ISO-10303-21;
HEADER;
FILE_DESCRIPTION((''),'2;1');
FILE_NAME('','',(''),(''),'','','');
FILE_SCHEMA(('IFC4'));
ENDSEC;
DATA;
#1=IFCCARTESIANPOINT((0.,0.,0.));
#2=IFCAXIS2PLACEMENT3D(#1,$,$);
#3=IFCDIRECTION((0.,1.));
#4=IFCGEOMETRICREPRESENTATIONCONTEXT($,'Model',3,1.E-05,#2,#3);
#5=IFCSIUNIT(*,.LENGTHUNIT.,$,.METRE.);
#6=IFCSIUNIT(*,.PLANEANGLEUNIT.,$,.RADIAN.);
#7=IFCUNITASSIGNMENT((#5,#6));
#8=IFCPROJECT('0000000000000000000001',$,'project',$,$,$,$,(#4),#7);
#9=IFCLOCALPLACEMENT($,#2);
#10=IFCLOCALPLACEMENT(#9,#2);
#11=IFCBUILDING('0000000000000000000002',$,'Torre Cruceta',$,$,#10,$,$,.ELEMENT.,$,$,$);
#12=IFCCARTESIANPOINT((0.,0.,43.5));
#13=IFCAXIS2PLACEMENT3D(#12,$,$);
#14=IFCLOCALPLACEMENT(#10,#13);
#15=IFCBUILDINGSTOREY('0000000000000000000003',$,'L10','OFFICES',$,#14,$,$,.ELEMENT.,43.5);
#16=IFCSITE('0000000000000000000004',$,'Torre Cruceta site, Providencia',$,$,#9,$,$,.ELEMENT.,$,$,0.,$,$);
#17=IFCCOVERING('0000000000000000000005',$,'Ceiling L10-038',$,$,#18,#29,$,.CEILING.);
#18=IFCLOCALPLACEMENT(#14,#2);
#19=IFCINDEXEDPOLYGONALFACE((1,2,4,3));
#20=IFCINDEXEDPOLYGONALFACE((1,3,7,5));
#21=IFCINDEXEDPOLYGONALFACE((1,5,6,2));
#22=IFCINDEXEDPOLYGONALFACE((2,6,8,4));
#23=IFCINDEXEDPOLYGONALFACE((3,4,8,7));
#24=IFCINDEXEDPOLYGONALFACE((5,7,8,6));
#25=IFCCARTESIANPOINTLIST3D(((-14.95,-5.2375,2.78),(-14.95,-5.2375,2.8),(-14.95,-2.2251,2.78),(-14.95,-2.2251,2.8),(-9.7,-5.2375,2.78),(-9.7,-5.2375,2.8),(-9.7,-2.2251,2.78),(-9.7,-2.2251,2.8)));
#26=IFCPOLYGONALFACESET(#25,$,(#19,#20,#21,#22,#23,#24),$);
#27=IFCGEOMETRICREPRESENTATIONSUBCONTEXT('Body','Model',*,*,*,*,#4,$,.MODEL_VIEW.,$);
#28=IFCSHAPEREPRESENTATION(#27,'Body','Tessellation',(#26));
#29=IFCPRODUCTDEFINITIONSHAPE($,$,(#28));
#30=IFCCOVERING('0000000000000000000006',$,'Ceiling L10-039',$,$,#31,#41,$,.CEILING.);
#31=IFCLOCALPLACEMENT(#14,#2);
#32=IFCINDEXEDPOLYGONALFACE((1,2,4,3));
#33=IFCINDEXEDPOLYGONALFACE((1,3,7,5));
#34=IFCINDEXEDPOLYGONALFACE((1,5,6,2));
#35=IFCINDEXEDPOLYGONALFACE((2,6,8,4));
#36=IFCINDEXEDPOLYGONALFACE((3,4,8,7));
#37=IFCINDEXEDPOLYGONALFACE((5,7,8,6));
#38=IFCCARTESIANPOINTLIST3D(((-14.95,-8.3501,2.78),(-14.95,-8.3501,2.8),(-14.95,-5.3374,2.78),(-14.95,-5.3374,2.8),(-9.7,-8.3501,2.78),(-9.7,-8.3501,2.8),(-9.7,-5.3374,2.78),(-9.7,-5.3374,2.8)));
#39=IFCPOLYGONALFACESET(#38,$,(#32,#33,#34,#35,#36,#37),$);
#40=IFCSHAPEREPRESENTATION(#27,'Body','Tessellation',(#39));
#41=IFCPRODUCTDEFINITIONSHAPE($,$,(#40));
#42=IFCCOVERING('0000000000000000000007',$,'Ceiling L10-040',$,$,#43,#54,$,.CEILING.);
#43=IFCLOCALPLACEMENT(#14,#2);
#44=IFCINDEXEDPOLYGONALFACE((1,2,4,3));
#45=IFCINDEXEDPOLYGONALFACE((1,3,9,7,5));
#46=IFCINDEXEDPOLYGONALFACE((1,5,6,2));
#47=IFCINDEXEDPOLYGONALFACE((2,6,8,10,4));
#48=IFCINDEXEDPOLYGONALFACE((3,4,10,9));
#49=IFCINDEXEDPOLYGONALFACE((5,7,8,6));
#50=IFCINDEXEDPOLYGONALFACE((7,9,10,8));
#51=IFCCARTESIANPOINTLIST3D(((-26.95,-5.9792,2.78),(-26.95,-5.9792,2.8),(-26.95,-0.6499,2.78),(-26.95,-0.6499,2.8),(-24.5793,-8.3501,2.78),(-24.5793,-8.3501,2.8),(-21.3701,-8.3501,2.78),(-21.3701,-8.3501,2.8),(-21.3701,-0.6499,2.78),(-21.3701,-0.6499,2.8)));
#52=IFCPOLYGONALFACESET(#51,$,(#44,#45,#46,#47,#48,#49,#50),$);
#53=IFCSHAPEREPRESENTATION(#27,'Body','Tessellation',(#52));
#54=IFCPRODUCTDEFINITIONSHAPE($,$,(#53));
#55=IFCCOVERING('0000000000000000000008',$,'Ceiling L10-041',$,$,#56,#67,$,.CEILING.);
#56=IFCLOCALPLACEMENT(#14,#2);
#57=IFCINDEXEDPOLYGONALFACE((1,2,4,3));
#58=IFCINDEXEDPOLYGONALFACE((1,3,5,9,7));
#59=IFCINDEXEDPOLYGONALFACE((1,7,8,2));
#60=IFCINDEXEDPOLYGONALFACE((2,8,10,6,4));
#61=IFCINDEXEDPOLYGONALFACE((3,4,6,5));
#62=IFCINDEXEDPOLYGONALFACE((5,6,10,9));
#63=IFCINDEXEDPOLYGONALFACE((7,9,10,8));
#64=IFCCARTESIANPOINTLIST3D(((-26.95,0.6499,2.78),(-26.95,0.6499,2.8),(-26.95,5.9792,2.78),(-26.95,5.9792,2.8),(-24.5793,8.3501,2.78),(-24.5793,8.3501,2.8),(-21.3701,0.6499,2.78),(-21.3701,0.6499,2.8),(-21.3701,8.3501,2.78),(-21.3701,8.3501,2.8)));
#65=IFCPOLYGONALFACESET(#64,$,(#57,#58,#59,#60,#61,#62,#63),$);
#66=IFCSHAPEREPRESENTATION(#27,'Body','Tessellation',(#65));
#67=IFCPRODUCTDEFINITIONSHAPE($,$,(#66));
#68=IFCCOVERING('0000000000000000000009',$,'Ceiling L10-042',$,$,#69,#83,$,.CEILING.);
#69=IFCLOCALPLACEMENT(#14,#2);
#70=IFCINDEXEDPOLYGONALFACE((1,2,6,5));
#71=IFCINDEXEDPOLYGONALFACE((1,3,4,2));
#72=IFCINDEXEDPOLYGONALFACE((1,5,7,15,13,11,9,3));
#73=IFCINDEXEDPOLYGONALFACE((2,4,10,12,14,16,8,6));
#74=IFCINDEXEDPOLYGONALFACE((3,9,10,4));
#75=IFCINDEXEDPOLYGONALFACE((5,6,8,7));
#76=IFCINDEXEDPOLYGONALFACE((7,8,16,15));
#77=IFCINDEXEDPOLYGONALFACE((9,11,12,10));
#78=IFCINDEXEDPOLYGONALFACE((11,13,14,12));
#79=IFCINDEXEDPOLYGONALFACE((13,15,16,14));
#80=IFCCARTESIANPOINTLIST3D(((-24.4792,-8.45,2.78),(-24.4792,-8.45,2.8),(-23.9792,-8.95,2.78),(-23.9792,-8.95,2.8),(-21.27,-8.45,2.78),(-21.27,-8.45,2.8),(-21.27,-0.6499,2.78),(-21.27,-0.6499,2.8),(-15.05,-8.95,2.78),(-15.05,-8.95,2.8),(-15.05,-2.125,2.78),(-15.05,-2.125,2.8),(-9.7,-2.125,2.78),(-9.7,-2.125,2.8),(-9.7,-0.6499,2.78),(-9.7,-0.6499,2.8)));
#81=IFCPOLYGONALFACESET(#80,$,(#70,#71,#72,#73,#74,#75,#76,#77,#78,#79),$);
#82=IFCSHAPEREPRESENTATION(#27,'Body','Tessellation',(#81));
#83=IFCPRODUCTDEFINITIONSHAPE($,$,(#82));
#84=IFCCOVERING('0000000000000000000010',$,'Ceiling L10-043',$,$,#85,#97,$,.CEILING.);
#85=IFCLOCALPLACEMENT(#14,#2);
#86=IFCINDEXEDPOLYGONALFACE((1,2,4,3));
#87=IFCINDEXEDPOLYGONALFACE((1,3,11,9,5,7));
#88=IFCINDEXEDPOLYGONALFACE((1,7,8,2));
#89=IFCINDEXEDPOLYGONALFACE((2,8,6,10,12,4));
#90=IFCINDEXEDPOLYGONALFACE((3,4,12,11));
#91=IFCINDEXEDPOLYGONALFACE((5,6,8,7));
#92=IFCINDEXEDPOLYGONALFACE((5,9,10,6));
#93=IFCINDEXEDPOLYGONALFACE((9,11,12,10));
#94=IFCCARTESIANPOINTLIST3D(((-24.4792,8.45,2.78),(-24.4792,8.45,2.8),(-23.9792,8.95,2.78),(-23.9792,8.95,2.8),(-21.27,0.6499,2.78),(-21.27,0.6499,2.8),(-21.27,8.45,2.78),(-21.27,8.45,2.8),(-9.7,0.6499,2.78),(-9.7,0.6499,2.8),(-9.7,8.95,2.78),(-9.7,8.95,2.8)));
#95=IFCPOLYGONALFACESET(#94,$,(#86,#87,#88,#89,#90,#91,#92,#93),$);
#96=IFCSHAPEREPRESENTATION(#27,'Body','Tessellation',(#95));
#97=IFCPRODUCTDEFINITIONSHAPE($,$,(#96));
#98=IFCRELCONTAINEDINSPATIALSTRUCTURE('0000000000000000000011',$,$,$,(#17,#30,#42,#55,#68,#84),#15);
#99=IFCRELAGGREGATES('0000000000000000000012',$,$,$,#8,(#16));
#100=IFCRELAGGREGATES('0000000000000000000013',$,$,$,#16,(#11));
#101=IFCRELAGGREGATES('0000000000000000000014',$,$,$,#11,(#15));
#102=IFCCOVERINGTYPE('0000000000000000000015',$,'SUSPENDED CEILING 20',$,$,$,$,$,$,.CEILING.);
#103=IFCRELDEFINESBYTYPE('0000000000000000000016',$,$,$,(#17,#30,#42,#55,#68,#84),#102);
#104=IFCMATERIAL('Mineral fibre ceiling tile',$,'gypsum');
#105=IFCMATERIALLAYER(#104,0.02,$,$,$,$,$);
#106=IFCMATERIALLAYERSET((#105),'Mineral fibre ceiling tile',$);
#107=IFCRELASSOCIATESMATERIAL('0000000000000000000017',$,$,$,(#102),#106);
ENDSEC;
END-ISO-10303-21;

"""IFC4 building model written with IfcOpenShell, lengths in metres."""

from ifc_helpers import new_model, si_unit, direction, frame, origin, place, context, subcontext, project, spatial, polyline, outline, extrude, material, layer, layer_set, type_object, element, save


model = new_model("IFC4")

# Units and contexts
model_context = context("Model", 3, precision=1e-05, world=origin(), true_north=direction((0.0, 1.0)))
body_context = subcontext(model_context, "Body", "Model", "MODEL_VIEW")
ifc_project = project(units=[si_unit("LENGTHUNIT", "METRE"), si_unit("PLANEANGLEUNIT", "RADIAN")], contexts=[model_context])

# Site, building, storey
site_placement = place(None, origin())
site = spatial("IfcSite", under=ifc_project, at=site_placement, Name="Torre Cruceta site, Providencia", CompositionType="ELEMENT", RefElevation=0.0)
building_placement = place(site_placement, origin())
building = spatial("IfcBuilding", under=site, at=building_placement, Name="Torre Cruceta", CompositionType="ELEMENT")
storey_placement = place(building_placement, frame((0.0, 0.0, 43.5)))
storey = spatial("IfcBuildingStorey", under=building, at=storey_placement, Name="L10", Description="OFFICES", CompositionType="ELEMENT", Elevation=43.5)

# Coverings
ifc_material_1 = material(Name="Mineral fibre ceiling tile", Category="gypsum")
ifc_layer_1 = layer(ifc_material_1, 0.02)
ifc_layer_set_1 = layer_set([ifc_layer_1], Name="Mineral fibre ceiling tile")
covering_type_1 = type_object("IfcCoveringType", Name="SUSPENDED CEILING 20", PredefinedType="CEILING", material=ifc_layer_set_1)
covering_1_placement = place(storey_placement, frame((0.0, 0.0, 2.78)))
element("IfcCovering", 1, at=covering_1_placement, inside=storey, type_object=covering_type_1, Name="Ceiling L10-038", PredefinedType="CEILING", context=body_context, shape_type="SweptSolid", body=[
    extrude(outline(polyline([(-9.7, -2.2251), (-9.7, -5.2375), (-14.95, -5.2375), (-14.95, -2.2251), (-9.7, -2.2251)])), origin(), (0.0, 0.0, 1.0), 0.02),
])
covering_2_placement = place(storey_placement, frame((0.0, 0.0, 2.78)))
element("IfcCovering", 2, at=covering_2_placement, inside=storey, type_object=covering_type_1, Name="Ceiling L10-039", PredefinedType="CEILING", context=body_context, shape_type="SweptSolid", body=[
    extrude(outline(polyline([(-9.7, -5.3374), (-9.7, -8.3501), (-14.95, -8.3501), (-14.95, -5.3374), (-9.7, -5.3374)])), origin(), (0.0, 0.0, 1.0), 0.02),
])
covering_3_placement = place(storey_placement, frame((0.0, 0.0, 2.78)))
element("IfcCovering", 3, at=covering_3_placement, inside=storey, type_object=covering_type_1, Name="Ceiling L10-040", PredefinedType="CEILING", context=body_context, shape_type="SweptSolid", body=[
    extrude(outline(polyline([(-26.95, -0.6499), (-21.3701, -0.6499), (-21.3701, -8.3501), (-24.5793, -8.3501), (-26.95, -5.9792), (-26.95, -0.6499)])), origin(), (0.0, 0.0, 1.0), 0.02),
])
covering_4_placement = place(storey_placement, frame((0.0, 0.0, 2.78)))
element("IfcCovering", 4, at=covering_4_placement, inside=storey, type_object=covering_type_1, Name="Ceiling L10-041", PredefinedType="CEILING", context=body_context, shape_type="SweptSolid", body=[
    extrude(outline(polyline([(-24.5793, 8.3501), (-21.3701, 8.3501), (-21.3701, 0.6499), (-26.95, 0.6499), (-26.95, 5.9792), (-24.5793, 8.3501)])), origin(), (0.0, 0.0, 1.0), 0.02),
])
covering_5_placement = place(storey_placement, frame((0.0, 0.0, 2.78)))
element("IfcCovering", 5, at=covering_5_placement, inside=storey, type_object=covering_type_1, Name="Ceiling L10-042", PredefinedType="CEILING", context=body_context, shape_type="SweptSolid", body=[
    extrude(outline(polyline([(-21.27, -0.6499), (-9.7, -0.6499), (-9.7, -2.125), (-15.05, -2.125), (-15.05, -8.95), (-23.9792, -8.95), (-24.4792, -8.45), (-21.27, -8.45), (-21.27, -0.6499)])), origin(), (0.0, 0.0, 1.0), 0.02),
])
covering_6_placement = place(storey_placement, frame((0.0, 0.0, 2.78)))
element("IfcCovering", 6, at=covering_6_placement, inside=storey, type_object=covering_type_1, Name="Ceiling L10-043", PredefinedType="CEILING", context=body_context, shape_type="SweptSolid", body=[
    extrude(outline(polyline([(-21.27, 8.45), (-24.4792, 8.45), (-23.9792, 8.95), (-9.7, 8.95), (-9.7, 0.6499), (-21.27, 0.6499), (-21.27, 8.45)])), origin(), (0.0, 0.0, 1.0), 0.02),
])

save(model, "model.ifc")
